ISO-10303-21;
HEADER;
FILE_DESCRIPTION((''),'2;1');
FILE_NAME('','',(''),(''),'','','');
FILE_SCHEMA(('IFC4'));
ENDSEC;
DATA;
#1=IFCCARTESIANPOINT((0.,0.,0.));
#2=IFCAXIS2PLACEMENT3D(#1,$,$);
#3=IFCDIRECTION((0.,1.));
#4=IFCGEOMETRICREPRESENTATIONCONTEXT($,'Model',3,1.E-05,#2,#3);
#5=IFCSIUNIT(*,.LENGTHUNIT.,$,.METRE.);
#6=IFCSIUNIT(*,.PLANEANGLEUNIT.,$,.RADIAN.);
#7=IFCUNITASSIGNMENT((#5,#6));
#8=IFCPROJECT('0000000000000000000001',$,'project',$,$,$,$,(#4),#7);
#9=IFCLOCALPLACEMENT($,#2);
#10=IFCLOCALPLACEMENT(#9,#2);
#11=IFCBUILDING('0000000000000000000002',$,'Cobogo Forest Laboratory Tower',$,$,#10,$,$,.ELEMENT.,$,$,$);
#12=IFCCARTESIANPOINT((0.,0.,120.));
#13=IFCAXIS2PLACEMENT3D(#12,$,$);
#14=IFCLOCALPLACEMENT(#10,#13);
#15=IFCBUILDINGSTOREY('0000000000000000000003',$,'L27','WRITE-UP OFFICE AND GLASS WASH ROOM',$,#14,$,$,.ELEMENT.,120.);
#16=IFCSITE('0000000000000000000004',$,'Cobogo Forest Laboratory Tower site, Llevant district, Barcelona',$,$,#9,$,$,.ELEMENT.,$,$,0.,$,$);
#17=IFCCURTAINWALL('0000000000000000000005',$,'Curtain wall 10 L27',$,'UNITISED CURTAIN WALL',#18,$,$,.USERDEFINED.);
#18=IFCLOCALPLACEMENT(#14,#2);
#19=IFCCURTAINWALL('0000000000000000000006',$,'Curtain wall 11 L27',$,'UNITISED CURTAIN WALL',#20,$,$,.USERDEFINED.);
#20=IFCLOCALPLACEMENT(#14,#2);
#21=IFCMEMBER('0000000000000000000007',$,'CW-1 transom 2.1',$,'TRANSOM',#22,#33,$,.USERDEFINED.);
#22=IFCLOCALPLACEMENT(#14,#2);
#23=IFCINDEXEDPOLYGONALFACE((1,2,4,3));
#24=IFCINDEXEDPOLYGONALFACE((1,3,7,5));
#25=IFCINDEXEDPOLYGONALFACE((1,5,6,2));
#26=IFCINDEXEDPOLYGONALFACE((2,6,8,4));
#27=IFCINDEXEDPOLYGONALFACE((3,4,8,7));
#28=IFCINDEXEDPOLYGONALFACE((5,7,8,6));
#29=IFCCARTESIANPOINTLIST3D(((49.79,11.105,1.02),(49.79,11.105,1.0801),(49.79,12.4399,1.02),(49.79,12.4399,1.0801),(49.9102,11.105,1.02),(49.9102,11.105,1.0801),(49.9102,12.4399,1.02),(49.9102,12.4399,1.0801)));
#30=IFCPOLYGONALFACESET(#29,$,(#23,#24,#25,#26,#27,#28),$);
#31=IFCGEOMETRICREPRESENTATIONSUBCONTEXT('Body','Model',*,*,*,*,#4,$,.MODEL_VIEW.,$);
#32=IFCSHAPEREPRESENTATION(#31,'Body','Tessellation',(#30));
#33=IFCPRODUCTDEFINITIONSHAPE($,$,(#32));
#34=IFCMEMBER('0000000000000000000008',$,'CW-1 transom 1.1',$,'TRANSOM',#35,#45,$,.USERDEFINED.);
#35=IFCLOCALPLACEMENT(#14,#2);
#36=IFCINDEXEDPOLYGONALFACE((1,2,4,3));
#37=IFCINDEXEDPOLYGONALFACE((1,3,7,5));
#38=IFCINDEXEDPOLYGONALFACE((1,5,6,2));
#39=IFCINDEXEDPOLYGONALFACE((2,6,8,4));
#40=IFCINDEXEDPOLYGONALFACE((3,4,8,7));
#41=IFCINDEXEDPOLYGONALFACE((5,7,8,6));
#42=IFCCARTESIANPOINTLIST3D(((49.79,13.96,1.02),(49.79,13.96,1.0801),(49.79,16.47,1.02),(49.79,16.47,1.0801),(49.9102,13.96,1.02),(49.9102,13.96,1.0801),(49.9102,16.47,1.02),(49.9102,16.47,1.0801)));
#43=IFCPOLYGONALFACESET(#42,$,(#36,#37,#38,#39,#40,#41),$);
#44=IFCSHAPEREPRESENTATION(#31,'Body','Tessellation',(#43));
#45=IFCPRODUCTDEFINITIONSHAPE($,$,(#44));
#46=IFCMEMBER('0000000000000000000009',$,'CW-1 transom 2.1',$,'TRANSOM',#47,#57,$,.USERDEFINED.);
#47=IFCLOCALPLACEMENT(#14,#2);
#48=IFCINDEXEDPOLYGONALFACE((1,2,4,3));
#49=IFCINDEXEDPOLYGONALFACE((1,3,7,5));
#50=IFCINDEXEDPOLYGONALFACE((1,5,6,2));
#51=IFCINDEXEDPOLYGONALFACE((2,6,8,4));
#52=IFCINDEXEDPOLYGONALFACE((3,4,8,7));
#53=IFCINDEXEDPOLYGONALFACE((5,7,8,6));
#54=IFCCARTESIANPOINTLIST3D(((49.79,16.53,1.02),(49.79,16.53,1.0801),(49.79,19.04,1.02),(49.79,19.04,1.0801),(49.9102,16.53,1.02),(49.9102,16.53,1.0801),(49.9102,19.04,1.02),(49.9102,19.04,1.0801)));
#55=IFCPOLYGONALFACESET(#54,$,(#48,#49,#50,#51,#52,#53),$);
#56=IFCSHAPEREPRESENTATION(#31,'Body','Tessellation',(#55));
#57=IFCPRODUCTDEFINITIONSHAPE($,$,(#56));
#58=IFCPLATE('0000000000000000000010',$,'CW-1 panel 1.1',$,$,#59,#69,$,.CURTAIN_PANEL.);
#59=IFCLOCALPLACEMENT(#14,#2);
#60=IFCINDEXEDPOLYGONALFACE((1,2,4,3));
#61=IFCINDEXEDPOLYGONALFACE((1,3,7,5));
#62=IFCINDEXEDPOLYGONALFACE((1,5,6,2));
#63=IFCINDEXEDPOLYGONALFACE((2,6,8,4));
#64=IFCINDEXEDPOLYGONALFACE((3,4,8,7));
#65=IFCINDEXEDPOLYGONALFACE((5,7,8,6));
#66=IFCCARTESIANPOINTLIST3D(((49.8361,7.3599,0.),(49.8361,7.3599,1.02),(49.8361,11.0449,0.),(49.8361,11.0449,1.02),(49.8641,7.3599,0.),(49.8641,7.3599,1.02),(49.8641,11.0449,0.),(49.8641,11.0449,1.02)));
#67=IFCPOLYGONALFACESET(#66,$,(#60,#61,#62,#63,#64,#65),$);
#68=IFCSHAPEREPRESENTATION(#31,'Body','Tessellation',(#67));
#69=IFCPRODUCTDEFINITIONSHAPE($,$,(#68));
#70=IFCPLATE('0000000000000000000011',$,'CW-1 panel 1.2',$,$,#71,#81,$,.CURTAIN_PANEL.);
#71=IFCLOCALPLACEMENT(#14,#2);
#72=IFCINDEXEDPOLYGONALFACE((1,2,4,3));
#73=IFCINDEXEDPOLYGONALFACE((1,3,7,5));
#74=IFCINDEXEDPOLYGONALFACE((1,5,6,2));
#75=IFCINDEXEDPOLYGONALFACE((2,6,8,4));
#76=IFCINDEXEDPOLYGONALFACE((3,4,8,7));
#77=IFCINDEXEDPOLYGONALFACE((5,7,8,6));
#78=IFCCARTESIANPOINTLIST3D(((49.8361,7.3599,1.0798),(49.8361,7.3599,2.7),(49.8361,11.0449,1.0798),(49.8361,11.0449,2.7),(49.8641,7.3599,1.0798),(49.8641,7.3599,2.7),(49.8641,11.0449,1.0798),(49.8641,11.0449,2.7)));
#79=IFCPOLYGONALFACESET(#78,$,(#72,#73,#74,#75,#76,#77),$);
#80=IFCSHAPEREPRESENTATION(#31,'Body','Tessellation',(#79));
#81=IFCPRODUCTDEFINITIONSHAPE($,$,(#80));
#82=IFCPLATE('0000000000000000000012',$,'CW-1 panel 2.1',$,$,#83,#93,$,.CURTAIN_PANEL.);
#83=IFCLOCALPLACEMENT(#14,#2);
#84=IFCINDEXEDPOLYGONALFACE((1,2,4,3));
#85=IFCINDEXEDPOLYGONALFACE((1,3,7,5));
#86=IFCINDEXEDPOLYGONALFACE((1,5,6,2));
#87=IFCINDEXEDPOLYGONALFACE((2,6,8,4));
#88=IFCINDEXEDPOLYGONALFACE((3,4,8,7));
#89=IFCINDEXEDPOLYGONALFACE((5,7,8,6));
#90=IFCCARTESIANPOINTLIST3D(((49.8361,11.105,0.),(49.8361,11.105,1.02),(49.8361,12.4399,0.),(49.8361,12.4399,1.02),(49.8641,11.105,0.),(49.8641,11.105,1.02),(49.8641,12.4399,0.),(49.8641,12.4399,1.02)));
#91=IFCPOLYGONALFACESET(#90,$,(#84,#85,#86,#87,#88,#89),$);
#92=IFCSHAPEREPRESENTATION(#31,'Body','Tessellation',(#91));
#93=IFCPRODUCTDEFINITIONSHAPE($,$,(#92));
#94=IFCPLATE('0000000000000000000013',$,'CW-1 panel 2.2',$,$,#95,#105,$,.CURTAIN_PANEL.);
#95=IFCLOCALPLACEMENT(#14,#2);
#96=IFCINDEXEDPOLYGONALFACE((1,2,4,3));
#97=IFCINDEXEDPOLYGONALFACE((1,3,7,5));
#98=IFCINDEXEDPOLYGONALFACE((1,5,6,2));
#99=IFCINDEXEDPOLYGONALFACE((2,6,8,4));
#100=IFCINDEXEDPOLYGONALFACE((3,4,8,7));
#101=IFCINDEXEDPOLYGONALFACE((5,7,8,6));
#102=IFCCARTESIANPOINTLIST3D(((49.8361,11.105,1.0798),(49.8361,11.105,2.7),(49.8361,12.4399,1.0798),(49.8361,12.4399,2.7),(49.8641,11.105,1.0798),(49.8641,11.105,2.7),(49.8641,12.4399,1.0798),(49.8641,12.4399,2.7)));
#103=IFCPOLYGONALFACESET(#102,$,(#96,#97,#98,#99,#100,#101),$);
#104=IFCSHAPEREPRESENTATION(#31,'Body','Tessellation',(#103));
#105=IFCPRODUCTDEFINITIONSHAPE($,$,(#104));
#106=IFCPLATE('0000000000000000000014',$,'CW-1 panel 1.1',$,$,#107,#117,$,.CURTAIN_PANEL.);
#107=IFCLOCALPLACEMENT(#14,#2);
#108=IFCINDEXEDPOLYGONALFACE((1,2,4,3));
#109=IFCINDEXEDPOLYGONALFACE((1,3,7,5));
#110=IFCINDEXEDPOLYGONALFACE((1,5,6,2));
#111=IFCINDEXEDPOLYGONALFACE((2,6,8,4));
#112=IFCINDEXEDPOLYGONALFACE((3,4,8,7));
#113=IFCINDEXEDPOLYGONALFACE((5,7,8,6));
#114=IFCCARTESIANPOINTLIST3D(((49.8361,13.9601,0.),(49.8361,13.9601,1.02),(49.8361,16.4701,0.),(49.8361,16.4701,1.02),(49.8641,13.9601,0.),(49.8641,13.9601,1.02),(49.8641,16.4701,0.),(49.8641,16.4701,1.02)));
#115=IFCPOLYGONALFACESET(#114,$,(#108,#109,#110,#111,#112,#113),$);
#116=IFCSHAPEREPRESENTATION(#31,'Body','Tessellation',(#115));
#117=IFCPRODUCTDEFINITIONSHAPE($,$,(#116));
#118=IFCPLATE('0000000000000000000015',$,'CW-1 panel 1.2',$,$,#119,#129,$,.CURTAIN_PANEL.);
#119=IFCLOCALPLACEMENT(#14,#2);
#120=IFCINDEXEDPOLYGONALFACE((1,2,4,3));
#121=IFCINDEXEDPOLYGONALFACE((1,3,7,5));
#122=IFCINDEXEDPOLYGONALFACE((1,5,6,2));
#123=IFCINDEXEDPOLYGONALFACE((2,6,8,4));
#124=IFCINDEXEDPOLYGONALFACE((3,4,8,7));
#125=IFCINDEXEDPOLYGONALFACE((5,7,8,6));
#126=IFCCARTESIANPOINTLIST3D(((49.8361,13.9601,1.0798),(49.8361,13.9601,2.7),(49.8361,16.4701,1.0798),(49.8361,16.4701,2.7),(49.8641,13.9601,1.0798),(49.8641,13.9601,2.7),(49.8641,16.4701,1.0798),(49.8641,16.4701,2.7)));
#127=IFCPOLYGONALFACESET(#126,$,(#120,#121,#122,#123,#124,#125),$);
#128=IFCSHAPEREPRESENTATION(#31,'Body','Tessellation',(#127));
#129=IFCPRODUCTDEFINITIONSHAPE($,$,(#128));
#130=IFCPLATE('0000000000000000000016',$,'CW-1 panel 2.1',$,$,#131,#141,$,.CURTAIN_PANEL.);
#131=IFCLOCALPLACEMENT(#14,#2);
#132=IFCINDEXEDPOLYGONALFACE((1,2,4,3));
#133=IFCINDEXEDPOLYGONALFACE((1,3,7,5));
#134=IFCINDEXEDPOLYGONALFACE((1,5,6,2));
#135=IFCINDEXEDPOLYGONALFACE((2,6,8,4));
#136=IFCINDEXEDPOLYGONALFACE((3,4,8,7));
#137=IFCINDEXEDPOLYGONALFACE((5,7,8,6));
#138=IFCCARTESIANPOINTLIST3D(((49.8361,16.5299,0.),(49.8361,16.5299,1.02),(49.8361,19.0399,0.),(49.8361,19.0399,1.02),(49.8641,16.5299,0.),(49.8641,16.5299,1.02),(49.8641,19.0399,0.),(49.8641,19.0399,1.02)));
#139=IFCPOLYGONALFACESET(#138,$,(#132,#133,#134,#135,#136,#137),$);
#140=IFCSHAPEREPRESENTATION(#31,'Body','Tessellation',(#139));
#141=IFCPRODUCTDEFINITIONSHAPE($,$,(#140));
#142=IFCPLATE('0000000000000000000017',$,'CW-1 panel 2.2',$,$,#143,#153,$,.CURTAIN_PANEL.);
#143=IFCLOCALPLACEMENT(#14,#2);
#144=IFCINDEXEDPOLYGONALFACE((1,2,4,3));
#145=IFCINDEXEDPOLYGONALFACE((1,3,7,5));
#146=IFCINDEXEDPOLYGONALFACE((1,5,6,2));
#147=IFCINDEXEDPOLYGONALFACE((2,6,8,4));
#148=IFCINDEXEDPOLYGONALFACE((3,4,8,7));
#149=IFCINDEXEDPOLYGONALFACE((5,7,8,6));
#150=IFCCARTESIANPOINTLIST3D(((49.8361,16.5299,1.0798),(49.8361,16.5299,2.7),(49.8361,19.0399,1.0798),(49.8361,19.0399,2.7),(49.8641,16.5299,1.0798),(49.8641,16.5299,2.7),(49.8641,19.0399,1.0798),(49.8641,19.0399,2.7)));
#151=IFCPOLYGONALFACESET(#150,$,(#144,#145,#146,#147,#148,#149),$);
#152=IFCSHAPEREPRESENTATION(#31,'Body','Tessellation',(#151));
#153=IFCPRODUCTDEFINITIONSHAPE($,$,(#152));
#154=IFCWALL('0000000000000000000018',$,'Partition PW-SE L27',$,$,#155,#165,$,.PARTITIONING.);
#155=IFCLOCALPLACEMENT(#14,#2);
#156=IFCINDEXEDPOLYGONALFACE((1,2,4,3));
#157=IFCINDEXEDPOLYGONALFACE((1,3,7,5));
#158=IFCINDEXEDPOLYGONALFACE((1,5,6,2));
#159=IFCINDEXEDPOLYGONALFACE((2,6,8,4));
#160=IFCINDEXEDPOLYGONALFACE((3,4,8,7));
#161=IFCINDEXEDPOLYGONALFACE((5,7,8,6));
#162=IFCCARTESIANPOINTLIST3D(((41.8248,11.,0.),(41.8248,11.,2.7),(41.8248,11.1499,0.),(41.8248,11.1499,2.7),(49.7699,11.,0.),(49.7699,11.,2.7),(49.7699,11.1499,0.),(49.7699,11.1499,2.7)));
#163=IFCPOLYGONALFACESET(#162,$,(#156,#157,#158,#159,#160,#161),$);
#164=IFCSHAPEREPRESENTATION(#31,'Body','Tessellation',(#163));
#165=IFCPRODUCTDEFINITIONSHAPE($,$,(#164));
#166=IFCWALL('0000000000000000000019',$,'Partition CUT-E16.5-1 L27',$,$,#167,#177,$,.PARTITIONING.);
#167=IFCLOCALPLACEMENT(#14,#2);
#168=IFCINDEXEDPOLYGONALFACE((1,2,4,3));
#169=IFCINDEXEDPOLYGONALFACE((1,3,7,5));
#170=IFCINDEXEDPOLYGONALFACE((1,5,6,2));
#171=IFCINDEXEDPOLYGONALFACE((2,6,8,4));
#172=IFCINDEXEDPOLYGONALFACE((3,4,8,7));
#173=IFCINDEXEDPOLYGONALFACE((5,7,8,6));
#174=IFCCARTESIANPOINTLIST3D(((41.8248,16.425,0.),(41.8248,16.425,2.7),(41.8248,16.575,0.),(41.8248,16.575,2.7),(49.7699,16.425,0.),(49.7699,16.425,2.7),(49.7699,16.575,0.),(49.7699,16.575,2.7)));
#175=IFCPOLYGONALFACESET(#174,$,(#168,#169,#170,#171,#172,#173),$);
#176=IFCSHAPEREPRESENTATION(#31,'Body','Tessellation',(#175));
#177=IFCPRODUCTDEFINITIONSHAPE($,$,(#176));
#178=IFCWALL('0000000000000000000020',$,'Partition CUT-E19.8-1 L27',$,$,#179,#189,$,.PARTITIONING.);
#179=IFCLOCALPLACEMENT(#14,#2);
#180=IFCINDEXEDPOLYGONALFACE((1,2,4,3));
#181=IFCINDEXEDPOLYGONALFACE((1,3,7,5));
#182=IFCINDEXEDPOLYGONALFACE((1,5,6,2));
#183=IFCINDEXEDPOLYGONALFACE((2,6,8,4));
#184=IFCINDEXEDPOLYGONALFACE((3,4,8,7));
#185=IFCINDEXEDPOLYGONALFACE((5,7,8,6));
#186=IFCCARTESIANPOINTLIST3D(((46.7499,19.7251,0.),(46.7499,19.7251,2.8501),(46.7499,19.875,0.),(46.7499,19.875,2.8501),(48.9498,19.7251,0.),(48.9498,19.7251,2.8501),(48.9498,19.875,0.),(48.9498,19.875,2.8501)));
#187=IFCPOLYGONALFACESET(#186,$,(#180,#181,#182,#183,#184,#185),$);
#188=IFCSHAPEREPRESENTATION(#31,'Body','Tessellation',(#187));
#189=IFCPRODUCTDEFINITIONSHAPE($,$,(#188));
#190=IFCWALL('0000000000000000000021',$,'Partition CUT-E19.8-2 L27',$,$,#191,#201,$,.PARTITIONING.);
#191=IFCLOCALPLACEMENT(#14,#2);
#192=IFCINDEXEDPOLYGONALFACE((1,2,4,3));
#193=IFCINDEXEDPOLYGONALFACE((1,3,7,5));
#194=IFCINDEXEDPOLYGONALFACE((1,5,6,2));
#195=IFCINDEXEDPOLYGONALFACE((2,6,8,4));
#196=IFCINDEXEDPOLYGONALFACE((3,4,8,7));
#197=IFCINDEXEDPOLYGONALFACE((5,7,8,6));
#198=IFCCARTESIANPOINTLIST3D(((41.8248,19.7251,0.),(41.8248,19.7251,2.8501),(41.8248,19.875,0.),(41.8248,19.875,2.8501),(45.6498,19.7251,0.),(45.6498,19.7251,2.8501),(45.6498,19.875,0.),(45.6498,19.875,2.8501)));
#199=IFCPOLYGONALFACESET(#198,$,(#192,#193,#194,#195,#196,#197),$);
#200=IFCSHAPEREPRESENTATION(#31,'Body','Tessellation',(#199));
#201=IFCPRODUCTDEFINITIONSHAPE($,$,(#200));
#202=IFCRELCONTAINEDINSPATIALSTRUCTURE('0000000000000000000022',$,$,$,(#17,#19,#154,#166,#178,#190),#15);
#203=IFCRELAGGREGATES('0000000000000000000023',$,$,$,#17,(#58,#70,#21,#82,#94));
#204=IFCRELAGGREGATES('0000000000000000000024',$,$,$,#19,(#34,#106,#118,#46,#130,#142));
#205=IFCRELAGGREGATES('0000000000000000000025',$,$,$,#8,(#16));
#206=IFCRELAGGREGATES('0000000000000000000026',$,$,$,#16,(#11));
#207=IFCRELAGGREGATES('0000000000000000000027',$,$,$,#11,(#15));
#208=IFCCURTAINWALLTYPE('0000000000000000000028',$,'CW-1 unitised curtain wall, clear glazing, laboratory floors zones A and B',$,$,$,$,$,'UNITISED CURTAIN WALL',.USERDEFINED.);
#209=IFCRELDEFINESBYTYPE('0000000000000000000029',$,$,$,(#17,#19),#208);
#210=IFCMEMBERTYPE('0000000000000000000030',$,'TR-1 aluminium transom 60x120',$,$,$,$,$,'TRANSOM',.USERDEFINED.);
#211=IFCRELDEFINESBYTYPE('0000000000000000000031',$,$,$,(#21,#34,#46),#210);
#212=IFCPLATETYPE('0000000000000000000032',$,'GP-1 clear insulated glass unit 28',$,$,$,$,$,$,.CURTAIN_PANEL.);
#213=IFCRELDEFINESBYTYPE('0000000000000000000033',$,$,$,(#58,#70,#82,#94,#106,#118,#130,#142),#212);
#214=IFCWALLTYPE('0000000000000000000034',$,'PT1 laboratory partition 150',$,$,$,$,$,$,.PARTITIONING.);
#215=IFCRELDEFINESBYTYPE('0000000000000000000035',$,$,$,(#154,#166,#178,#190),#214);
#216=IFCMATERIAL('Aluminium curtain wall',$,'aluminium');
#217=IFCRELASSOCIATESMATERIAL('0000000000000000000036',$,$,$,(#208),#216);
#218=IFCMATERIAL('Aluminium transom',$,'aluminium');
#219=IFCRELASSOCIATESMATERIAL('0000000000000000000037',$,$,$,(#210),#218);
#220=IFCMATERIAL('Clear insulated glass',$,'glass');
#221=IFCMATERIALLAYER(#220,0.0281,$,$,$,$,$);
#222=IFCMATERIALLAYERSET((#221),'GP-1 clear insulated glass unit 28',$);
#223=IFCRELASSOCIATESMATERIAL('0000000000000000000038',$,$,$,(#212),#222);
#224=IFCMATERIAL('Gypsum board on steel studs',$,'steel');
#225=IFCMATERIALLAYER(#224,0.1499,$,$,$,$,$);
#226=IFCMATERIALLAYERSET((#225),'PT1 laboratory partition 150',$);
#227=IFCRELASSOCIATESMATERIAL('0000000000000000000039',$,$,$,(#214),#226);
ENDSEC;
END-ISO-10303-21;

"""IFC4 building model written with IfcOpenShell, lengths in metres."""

from ifc_helpers import new_model, si_unit, direction, frame, frame_2d, origin, origin_2d, place, context, subcontext, project, spatial, rectangle, extrude, material, layer, layer_set, material_profile, profile_set, type_object, element, aggregate, save


model = new_model("IFC4")

# Units and contexts
model_context = context("Model", 3, precision=1e-05, world=origin(), true_north=direction((0.0, 1.0)))
body_context = subcontext(model_context, "Body", "Model", "MODEL_VIEW")
ifc_project = project(units=[si_unit("LENGTHUNIT", "METRE"), si_unit("PLANEANGLEUNIT", "RADIAN")], contexts=[model_context])

# Site, building, storey
site_placement = place(None, origin())
site = spatial("IfcSite", under=ifc_project, at=site_placement, Name="Cobogo Forest Laboratory Tower site, Llevant district, Barcelona", CompositionType="ELEMENT", RefElevation=0.0)
building_placement = place(site_placement, origin())
building = spatial("IfcBuilding", under=site, at=building_placement, Name="Cobogo Forest Laboratory Tower", CompositionType="ELEMENT")
storey_placement = place(building_placement, frame((0.0, 0.0, 120.0)))
storey = spatial("IfcBuildingStorey", under=building, at=storey_placement, Name="L27", Description="WRITE-UP OFFICE AND GLASS WASH ROOM", CompositionType="ELEMENT", Elevation=120.0)

# Curtain walls
ifc_material_1 = material(Name="Aluminium curtain wall", Category="aluminium")
curtain_wall_type = type_object("IfcCurtainWallType", Name="CW-1 unitised curtain wall, clear glazing, laboratory floors zones A and B", ElementType="UNITISED CURTAIN WALL", PredefinedType="USERDEFINED", material=ifc_material_1)
curtain_wall_1_placement = place(storey_placement, origin())
curtain_wall_1 = element("IfcCurtainWall", 1, at=curtain_wall_1_placement, inside=storey, type_object=curtain_wall_type, Name="Curtain wall 10 L27", ObjectType="UNITISED CURTAIN WALL", PredefinedType="USERDEFINED")
curtain_wall_2_placement = place(storey_placement, origin())
curtain_wall_2 = element("IfcCurtainWall", 2, at=curtain_wall_2_placement, inside=storey, type_object=curtain_wall_type, Name="Curtain wall 11 L27", ObjectType="UNITISED CURTAIN WALL", PredefinedType="USERDEFINED")

# Members
ifc_material_2 = material(Name="Aluminium transom", Category="aluminium")
ifc_material_profile_1 = material_profile(ifc_material_2, rectangle(XDim=0.1201, YDim=0.0601, at=origin_2d()), Name="AL 60x120")
ifc_profile_set_1 = profile_set([ifc_material_profile_1], Name="Aluminium transom")
member_type_1 = type_object("IfcMemberType", Name="TR-1 aluminium transom 60x120", ElementType="TRANSOM", PredefinedType="USERDEFINED", material=ifc_profile_set_1)
member_1_placement = place(storey_placement, frame((49.8501, 11.105, 1.05), z_axis=(0.0, 1.0, 0.0), x_axis=(-1.0, 0.0, 0.0)))
member_1 = element("IfcMember", 3, at=member_1_placement, type_object=member_type_1, Name="CW-1 transom 2.1", ObjectType="TRANSOM", PredefinedType="USERDEFINED", context=body_context, shape_type="SweptSolid", body=[
    extrude(rectangle(XDim=0.1201, YDim=0.0601, at=origin_2d()), origin(), (0.0, 0.0, 1.0), 1.335),
])
member_2_placement = place(storey_placement, frame((49.8501, 13.96, 1.05), z_axis=(0.0, 1.0, 0.0), x_axis=(-1.0, 0.0, 0.0)))
member_2 = element("IfcMember", 4, at=member_2_placement, type_object=member_type_1, Name="CW-1 transom 1.1", ObjectType="TRANSOM", PredefinedType="USERDEFINED", context=body_context, shape_type="SweptSolid", body=[
    extrude(rectangle(XDim=0.1201, YDim=0.0601, at=origin_2d()), origin(), (0.0, 0.0, 1.0), 2.51),
])
member_3_placement = place(storey_placement, frame((49.8501, 16.53, 1.05), z_axis=(0.0, 1.0, 0.0), x_axis=(-1.0, 0.0, 0.0)))
member_3 = element("IfcMember", 5, at=member_3_placement, type_object=member_type_1, Name="CW-1 transom 2.1", ObjectType="TRANSOM", PredefinedType="USERDEFINED", context=body_context, shape_type="SweptSolid", body=[
    extrude(rectangle(XDim=0.1201, YDim=0.0601, at=origin_2d()), origin(), (0.0, 0.0, 1.0), 2.51),
])

# Plates
ifc_material_3 = material(Name="Clear insulated glass", Category="glass")
ifc_layer_1 = layer(ifc_material_3, 0.0281)
ifc_layer_set_1 = layer_set([ifc_layer_1], Name="GP-1 clear insulated glass unit 28")
plate_type_1 = type_object("IfcPlateType", Name="GP-1 clear insulated glass unit 28", PredefinedType="CURTAIN_PANEL", material=ifc_layer_set_1)
plate_1_placement = place(storey_placement, frame((49.8501, 9.2024, 0.0), z_axis=(0.0, 0.0, 1.0), x_axis=(0.0, 1.0, 0.0)))
plate_1 = element("IfcPlate", 6, at=plate_1_placement, type_object=plate_type_1, Name="CW-1 panel 1.1", PredefinedType="CURTAIN_PANEL", context=body_context, shape_type="SweptSolid", body=[
    extrude(rectangle(XDim=3.6851, YDim=0.0281, at=origin_2d()), origin(), (0.0, 0.0, 1.0), 1.02),
])
plate_2_placement = place(storey_placement, frame((49.8501, 9.2024, 1.0798), z_axis=(0.0, 0.0, 1.0), x_axis=(0.0, 1.0, 0.0)))
plate_2 = element("IfcPlate", 7, at=plate_2_placement, type_object=plate_type_1, Name="CW-1 panel 1.2", PredefinedType="CURTAIN_PANEL", context=body_context, shape_type="SweptSolid", body=[
    extrude(rectangle(XDim=3.6851, YDim=0.0281, at=origin_2d()), origin(), (0.0, 0.0, 1.0), 1.6201),
])
plate_3_placement = place(storey_placement, frame((49.8501, 11.7725, 0.0), z_axis=(0.0, 0.0, 1.0), x_axis=(0.0, 1.0, 0.0)))
plate_3 = element("IfcPlate", 8, at=plate_3_placement, type_object=plate_type_1, Name="CW-1 panel 2.1", PredefinedType="CURTAIN_PANEL", context=body_context, shape_type="SweptSolid", body=[
    extrude(rectangle(XDim=1.335, YDim=0.0281, at=origin_2d()), origin(), (0.0, 0.0, 1.0), 1.02),
])
plate_4_placement = place(storey_placement, frame((49.8501, 11.7725, 1.0798), z_axis=(0.0, 0.0, 1.0), x_axis=(0.0, 1.0, 0.0)))
plate_4 = element("IfcPlate", 9, at=plate_4_placement, type_object=plate_type_1, Name="CW-1 panel 2.2", PredefinedType="CURTAIN_PANEL", context=body_context, shape_type="SweptSolid", body=[
    extrude(rectangle(XDim=1.335, YDim=0.0281, at=origin_2d()), origin(), (0.0, 0.0, 1.0), 1.6201),
])
aggregate(curtain_wall_1, [plate_1, plate_2, member_1, plate_3, plate_4])
plate_5_placement = place(storey_placement, frame((49.8501, 15.2151, 0.0), z_axis=(0.0, 0.0, 1.0), x_axis=(0.0, 1.0, 0.0)))
plate_5 = element("IfcPlate", 10, at=plate_5_placement, type_object=plate_type_1, Name="CW-1 panel 1.1", PredefinedType="CURTAIN_PANEL", context=body_context, shape_type="SweptSolid", body=[
    extrude(rectangle(XDim=2.51, YDim=0.0281, at=origin_2d()), origin(), (0.0, 0.0, 1.0), 1.02),
])
plate_6_placement = place(storey_placement, frame((49.8501, 15.2151, 1.0798), z_axis=(0.0, 0.0, 1.0), x_axis=(0.0, 1.0, 0.0)))
plate_6 = element("IfcPlate", 11, at=plate_6_placement, type_object=plate_type_1, Name="CW-1 panel 1.2", PredefinedType="CURTAIN_PANEL", context=body_context, shape_type="SweptSolid", body=[
    extrude(rectangle(XDim=2.51, YDim=0.0281, at=origin_2d()), origin(), (0.0, 0.0, 1.0), 1.6201),
])
plate_7_placement = place(storey_placement, frame((49.8501, 17.7849, 0.0), z_axis=(0.0, 0.0, 1.0), x_axis=(0.0, 1.0, 0.0)))
plate_7 = element("IfcPlate", 12, at=plate_7_placement, type_object=plate_type_1, Name="CW-1 panel 2.1", PredefinedType="CURTAIN_PANEL", context=body_context, shape_type="SweptSolid", body=[
    extrude(rectangle(XDim=2.51, YDim=0.0281, at=origin_2d()), origin(), (0.0, 0.0, 1.0), 1.02),
])
plate_8_placement = place(storey_placement, frame((49.8501, 17.7849, 1.0798), z_axis=(0.0, 0.0, 1.0), x_axis=(0.0, 1.0, 0.0)))
plate_8 = element("IfcPlate", 13, at=plate_8_placement, type_object=plate_type_1, Name="CW-1 panel 2.2", PredefinedType="CURTAIN_PANEL", context=body_context, shape_type="SweptSolid", body=[
    extrude(rectangle(XDim=2.51, YDim=0.0281, at=origin_2d()), origin(), (0.0, 0.0, 1.0), 1.6201),
])
aggregate(curtain_wall_2, [member_2, plate_5, plate_6, member_3, plate_7, plate_8])

# Walls
ifc_material_4 = material(Name="Gypsum board on steel studs", Category="steel")
ifc_layer_2 = layer(ifc_material_4, 0.1499)
ifc_layer_set_2 = layer_set([ifc_layer_2], Name="PT1 laboratory partition 150")
wall_type = type_object("IfcWallType", Name="PT1 laboratory partition 150", PredefinedType="PARTITIONING", material=ifc_layer_set_2)
for number, where, z_axis, x_axis, name in (
    (14, (49.77, 11.075, 0.0), (0.0, 0.0, 1.0), (-1.0, 0.0, 0.0), "Partition PW-SE L27"),
    (15, (49.77, 16.5, 0.0), (0.0, 0.0, 1.0), (-1.0, 0.0, 0.0), "Partition CUT-E16.5-1 L27"),
):
    element("IfcWall", number, at=place(storey_placement, frame(where, z_axis=z_axis, x_axis=x_axis)), inside=storey, type_object=wall_type, Name=name, PredefinedType="PARTITIONING", context=body_context, shape_type="SweptSolid", body=[
        extrude(rectangle(XDim=7.9451, YDim=0.1499, at=frame_2d((3.9727, 0.0))), origin(), (0.0, 0.0, 1.0), 2.7),
    ])
wall_1_placement = place(storey_placement, frame((48.95, 19.8, 0.0), z_axis=(0.0, 0.0, 1.0), x_axis=(-1.0, 0.0, 0.0)))
element("IfcWall", 16, at=wall_1_placement, inside=storey, type_object=wall_type, Name="Partition CUT-E19.8-1 L27", PredefinedType="PARTITIONING", context=body_context, shape_type="SweptSolid", body=[
    extrude(rectangle(XDim=2.2, YDim=0.1499, at=frame_2d((1.1001, 0.0))), origin(), (0.0, 0.0, 1.0), 2.8501),
])
wall_2_placement = place(storey_placement, frame((45.6499, 19.8, 0.0), z_axis=(0.0, 0.0, 1.0), x_axis=(-1.0, 0.0, 0.0)))
element("IfcWall", 17, at=wall_2_placement, inside=storey, type_object=wall_type, Name="Partition CUT-E19.8-2 L27", PredefinedType="PARTITIONING", context=body_context, shape_type="SweptSolid", body=[
    extrude(rectangle(XDim=3.825, YDim=0.1499, at=frame_2d((1.9126, 0.0))), origin(), (0.0, 0.0, 1.0), 2.8501),
])

save(model, "model.ifc")
